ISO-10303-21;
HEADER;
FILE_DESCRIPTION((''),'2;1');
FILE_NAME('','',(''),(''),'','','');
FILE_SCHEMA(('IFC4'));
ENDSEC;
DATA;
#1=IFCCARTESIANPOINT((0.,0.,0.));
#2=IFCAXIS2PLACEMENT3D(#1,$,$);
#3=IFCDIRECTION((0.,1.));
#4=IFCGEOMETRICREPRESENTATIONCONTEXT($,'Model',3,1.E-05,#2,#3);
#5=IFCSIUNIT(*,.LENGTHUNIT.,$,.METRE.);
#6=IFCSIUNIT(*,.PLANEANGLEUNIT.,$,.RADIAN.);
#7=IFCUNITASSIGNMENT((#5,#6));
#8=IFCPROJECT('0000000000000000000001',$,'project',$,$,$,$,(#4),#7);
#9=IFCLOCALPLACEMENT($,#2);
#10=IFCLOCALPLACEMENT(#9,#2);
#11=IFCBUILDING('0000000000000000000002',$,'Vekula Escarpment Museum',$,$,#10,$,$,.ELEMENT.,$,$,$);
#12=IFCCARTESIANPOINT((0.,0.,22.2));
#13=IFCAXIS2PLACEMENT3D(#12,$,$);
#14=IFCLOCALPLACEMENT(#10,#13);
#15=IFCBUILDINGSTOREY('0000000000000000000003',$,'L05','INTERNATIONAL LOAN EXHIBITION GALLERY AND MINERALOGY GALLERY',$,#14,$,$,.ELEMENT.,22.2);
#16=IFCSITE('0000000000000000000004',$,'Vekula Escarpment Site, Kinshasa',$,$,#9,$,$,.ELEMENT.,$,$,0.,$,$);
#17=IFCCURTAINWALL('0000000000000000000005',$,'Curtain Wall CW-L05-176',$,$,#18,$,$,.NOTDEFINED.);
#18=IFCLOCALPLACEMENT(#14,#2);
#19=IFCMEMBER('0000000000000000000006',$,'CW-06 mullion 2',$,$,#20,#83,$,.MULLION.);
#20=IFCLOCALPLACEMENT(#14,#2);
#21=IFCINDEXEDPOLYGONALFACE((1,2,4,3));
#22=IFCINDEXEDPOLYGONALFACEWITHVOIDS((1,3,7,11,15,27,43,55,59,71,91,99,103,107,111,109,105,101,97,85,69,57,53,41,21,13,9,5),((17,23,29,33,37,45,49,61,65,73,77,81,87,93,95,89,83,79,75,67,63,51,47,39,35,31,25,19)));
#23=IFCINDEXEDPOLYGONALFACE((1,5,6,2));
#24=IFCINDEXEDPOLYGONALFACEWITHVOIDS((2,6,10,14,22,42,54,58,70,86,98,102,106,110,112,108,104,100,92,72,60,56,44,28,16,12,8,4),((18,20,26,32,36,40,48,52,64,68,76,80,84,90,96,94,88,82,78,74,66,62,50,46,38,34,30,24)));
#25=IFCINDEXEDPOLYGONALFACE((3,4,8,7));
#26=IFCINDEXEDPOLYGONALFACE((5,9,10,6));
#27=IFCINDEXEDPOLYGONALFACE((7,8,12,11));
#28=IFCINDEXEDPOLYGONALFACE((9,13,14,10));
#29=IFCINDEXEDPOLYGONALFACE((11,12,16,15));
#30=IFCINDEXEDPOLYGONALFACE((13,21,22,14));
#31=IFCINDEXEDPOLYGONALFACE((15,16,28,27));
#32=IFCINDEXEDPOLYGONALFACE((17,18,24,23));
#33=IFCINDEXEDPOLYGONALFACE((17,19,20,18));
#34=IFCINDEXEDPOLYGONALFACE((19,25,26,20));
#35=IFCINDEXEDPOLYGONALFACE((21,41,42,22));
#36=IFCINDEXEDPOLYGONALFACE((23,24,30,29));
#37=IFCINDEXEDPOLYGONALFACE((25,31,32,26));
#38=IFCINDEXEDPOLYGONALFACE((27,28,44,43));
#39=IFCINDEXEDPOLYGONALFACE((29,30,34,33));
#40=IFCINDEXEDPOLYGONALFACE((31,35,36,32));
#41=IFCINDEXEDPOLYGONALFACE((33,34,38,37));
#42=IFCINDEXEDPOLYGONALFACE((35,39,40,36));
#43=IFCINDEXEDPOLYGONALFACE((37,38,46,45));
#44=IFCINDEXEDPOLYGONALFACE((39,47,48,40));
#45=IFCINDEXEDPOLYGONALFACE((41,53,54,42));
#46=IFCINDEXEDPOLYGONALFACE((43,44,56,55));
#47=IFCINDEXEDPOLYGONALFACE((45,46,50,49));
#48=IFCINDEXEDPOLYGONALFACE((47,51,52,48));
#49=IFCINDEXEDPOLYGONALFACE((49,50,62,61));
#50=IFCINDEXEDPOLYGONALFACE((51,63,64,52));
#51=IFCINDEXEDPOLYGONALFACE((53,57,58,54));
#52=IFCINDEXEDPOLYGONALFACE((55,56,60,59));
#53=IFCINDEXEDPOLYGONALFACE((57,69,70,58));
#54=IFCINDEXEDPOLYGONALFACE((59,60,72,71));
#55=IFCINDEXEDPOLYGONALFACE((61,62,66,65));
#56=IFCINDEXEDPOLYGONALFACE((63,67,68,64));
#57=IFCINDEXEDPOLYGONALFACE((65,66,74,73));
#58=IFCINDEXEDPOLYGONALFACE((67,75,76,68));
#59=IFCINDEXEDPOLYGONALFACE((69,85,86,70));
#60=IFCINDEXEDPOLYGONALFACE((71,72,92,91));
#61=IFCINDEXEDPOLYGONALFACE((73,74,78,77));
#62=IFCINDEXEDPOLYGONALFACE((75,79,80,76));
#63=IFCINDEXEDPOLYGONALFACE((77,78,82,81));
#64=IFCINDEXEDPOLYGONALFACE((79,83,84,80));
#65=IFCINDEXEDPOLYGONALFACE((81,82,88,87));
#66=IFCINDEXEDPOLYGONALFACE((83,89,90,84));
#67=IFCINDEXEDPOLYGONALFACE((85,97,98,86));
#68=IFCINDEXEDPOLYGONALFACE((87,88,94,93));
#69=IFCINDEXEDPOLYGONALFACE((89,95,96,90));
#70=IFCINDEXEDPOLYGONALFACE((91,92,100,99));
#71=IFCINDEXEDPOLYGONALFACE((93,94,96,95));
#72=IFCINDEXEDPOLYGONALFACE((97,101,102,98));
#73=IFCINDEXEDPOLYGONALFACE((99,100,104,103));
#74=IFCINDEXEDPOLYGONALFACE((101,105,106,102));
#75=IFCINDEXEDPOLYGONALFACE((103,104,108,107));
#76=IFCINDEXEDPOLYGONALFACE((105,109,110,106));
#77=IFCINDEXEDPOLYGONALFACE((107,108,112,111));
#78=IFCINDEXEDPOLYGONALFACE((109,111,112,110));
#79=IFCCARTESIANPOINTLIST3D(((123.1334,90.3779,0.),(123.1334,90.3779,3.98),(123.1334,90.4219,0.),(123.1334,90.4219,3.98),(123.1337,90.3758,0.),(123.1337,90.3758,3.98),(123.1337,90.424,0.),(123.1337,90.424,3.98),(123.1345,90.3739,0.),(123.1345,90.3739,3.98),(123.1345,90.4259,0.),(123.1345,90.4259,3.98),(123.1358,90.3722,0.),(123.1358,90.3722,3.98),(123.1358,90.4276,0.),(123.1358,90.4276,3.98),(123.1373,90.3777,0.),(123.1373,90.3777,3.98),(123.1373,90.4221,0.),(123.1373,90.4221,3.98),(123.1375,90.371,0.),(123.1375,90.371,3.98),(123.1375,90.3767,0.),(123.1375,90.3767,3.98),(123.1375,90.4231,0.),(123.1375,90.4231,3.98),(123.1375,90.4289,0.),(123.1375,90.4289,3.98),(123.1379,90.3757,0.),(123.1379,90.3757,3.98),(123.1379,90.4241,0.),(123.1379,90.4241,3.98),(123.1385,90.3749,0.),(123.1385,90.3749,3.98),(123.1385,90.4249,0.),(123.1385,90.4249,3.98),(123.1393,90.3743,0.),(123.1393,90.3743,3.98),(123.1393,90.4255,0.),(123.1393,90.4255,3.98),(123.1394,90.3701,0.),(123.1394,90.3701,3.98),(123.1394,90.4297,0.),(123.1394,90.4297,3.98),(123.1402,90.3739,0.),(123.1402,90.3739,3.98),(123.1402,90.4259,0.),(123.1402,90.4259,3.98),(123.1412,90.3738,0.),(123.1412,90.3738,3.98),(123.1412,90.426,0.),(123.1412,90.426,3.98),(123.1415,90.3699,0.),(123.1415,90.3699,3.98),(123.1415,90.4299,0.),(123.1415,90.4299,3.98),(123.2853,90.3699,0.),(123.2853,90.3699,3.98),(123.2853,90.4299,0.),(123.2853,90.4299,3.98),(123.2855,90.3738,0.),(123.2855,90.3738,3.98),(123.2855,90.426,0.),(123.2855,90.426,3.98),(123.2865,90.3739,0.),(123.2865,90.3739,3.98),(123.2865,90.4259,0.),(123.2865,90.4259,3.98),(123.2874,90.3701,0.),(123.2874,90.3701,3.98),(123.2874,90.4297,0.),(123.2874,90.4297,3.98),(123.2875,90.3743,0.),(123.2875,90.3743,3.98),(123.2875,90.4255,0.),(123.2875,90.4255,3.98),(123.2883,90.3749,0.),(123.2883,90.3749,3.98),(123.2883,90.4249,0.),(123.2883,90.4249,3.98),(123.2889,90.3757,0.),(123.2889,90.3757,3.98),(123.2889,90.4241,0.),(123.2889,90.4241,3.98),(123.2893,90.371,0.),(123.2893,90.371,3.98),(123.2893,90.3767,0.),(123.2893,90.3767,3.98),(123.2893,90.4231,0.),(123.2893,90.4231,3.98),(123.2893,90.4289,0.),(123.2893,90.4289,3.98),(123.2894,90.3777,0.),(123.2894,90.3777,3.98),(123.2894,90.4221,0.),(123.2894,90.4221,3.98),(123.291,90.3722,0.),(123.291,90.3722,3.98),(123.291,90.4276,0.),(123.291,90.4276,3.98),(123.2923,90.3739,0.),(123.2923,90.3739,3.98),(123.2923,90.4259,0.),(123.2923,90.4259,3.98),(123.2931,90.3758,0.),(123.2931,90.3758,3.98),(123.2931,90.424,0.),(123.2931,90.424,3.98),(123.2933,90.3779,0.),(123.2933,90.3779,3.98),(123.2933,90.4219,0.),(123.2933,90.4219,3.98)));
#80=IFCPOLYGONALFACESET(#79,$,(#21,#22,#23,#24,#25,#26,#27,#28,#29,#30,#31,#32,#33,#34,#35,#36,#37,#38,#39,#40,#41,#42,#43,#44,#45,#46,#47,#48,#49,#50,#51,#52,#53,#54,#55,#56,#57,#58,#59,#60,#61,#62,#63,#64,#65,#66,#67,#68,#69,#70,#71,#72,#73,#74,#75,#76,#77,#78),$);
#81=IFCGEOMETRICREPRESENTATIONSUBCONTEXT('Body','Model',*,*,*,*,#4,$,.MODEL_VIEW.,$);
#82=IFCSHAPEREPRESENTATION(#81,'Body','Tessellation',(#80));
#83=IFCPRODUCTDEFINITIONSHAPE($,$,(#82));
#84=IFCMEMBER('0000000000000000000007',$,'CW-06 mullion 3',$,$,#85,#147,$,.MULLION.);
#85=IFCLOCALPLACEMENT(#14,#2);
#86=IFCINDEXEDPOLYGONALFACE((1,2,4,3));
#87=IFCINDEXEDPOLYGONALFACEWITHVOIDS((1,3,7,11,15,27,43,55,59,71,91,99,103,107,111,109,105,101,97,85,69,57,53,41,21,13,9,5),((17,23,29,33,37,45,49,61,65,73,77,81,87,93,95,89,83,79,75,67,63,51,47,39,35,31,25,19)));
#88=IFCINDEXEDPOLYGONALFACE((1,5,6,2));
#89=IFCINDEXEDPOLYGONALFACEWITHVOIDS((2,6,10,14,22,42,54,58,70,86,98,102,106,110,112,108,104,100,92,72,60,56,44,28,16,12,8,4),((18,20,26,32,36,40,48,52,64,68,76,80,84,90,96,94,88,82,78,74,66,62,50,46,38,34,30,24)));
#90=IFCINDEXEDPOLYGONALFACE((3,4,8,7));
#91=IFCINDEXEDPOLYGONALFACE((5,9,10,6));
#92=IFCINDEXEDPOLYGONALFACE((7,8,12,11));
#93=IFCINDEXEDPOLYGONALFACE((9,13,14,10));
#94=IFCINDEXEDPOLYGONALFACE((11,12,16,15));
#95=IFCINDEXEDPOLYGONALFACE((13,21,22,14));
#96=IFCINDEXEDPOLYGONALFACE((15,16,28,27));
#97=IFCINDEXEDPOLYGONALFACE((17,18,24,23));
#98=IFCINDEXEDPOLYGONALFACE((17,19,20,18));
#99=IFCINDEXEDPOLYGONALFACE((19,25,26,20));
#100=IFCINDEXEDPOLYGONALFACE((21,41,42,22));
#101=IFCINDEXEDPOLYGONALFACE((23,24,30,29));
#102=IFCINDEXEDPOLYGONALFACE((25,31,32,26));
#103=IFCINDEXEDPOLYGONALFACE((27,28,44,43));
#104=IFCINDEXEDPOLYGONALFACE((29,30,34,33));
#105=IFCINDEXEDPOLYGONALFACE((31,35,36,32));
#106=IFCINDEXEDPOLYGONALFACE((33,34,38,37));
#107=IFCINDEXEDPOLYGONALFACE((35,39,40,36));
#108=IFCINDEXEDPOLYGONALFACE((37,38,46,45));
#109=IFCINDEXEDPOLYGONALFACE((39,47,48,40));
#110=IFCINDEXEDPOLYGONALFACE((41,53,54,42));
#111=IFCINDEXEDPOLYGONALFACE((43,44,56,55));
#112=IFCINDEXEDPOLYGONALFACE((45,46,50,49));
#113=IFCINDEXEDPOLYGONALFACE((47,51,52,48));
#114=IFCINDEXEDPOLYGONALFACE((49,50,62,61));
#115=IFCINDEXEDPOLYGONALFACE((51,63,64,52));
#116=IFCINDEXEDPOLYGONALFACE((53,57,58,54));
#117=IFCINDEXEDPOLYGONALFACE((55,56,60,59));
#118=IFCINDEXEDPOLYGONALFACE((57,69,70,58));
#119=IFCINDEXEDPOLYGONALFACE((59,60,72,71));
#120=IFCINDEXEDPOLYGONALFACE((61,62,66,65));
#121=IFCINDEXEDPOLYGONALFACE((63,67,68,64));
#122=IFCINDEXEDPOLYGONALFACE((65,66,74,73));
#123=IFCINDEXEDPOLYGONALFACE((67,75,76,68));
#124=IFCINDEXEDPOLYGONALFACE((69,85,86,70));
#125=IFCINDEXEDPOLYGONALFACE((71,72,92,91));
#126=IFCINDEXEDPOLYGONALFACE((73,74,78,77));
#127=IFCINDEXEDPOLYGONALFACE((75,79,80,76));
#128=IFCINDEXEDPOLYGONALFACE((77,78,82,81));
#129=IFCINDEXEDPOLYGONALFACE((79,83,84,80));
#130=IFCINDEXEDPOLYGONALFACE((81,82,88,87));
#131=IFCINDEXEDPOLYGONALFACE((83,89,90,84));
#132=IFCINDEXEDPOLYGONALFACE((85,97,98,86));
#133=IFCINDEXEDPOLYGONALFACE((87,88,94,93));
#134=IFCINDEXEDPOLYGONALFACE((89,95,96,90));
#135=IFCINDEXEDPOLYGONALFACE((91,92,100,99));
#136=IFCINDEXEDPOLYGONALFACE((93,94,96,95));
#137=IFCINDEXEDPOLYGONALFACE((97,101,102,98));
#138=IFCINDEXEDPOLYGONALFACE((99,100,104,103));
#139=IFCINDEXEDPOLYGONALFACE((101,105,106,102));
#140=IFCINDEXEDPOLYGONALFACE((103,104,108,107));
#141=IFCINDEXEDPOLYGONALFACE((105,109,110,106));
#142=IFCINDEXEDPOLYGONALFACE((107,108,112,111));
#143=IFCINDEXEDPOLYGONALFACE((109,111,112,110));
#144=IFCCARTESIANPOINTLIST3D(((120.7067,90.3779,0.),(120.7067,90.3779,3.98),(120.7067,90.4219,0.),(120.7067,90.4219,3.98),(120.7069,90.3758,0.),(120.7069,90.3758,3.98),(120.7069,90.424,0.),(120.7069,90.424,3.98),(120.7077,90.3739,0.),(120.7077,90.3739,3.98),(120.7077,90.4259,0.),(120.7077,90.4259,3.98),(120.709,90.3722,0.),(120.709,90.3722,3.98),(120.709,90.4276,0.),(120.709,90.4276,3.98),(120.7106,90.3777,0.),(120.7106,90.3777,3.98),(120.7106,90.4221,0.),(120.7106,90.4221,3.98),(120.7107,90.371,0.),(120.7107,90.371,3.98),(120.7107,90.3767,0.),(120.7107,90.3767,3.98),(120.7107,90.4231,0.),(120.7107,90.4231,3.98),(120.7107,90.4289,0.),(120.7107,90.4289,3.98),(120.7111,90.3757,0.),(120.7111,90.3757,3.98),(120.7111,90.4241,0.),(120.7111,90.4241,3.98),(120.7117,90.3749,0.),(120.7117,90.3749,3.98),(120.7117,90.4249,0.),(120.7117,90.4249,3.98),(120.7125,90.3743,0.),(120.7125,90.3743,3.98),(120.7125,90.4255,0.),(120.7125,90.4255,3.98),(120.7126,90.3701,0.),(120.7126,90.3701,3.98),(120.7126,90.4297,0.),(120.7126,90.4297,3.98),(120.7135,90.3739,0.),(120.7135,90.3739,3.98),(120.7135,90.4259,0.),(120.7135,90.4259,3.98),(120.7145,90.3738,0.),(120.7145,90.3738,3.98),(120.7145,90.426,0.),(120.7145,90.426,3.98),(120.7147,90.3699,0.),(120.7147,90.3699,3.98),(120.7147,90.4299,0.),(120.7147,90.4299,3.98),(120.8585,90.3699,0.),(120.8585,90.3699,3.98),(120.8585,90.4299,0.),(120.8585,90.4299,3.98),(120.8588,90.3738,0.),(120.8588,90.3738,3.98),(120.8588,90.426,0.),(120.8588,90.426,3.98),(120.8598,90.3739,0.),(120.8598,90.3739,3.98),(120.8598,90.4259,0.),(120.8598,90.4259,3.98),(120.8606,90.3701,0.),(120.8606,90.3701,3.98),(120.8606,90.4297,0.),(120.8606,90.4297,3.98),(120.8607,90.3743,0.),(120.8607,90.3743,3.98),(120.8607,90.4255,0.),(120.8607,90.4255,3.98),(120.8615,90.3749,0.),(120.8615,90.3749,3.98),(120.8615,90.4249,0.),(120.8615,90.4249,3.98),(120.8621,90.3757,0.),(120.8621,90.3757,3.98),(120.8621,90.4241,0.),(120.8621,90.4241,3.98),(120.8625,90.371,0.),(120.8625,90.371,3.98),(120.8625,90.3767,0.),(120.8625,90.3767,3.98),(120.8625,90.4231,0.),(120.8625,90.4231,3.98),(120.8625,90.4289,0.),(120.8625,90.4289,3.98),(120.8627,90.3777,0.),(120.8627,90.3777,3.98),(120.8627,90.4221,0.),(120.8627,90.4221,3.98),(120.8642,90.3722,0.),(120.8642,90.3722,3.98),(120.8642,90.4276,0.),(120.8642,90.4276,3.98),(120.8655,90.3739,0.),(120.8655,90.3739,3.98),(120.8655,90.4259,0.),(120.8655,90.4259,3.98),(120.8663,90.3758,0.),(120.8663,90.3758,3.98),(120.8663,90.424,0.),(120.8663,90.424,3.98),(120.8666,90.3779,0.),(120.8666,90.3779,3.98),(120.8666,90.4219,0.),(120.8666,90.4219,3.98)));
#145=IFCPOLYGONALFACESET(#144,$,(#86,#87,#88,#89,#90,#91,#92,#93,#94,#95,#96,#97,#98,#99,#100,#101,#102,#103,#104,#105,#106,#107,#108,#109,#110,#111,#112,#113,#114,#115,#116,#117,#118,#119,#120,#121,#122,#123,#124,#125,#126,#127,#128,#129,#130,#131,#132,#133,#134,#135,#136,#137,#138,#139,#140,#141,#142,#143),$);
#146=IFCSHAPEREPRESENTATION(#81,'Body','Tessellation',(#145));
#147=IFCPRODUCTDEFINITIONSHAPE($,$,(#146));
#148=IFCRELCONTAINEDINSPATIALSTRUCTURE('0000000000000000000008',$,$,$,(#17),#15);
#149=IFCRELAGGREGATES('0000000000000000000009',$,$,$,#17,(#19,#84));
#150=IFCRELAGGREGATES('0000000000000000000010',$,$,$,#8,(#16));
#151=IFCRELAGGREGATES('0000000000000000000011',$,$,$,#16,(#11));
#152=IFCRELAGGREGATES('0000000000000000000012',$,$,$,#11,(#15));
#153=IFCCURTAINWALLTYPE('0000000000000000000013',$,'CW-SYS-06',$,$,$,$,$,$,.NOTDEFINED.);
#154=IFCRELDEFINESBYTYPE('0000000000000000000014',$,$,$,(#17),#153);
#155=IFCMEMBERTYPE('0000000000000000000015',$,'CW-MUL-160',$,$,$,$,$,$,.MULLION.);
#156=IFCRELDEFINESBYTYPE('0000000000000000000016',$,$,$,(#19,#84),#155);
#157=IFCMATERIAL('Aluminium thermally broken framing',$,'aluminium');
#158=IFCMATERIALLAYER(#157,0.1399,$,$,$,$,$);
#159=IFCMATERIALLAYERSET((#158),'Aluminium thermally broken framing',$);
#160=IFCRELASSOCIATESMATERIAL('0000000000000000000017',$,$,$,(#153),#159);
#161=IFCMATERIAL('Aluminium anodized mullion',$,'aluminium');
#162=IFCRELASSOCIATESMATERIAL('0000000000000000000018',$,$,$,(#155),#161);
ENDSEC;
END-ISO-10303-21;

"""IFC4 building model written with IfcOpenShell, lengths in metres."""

from ifc_helpers import new_model, si_unit, direction, frame, origin, origin_2d, place, context, subcontext, project, spatial, hollow_rectangle, extrude, material, layer, layer_set, material_profile, profile_set, type_object, element, aggregate, save


model = new_model("IFC4")

# Units and contexts
model_context = context("Model", 3, precision=1e-05, world=origin(), true_north=direction((0.0, 1.0)))
body_context = subcontext(model_context, "Body", "Model", "MODEL_VIEW")
ifc_project = project(units=[si_unit("LENGTHUNIT", "METRE"), si_unit("PLANEANGLEUNIT", "RADIAN")], contexts=[model_context])

# Site, building, storey
site_placement = place(None, origin())
site = spatial("IfcSite", under=ifc_project, at=site_placement, Name="Vekula Escarpment Site, Kinshasa", CompositionType="ELEMENT", RefElevation=0.0)
building_placement = place(site_placement, origin())
building = spatial("IfcBuilding", under=site, at=building_placement, Name="Vekula Escarpment Museum", CompositionType="ELEMENT")
storey_placement = place(building_placement, frame((0.0, 0.0, 22.2)))
storey = spatial("IfcBuildingStorey", under=building, at=storey_placement, Name="L05", Description="INTERNATIONAL LOAN EXHIBITION GALLERY AND MINERALOGY GALLERY", CompositionType="ELEMENT", Elevation=22.2)

# Curtain wall, members
ifc_material_1 = material(Name="Aluminium thermally broken framing", Category="aluminium")
ifc_layer_1 = layer(ifc_material_1, 0.1399)
ifc_layer_set_1 = layer_set([ifc_layer_1], Name="Aluminium thermally broken framing")
curtain_wall_type = type_object("IfcCurtainWallType", Name="CW-SYS-06", PredefinedType="NOTDEFINED", material=ifc_layer_set_1)
curtain_wall_placement = place(storey_placement, origin())
curtain_wall = element("IfcCurtainWall", 1, at=curtain_wall_placement, inside=storey, type_object=curtain_wall_type, Name="Curtain Wall CW-L05-176", PredefinedType="NOTDEFINED")
ifc_material_2 = material(Name="Aluminium anodized mullion", Category="aluminium")
ifc_material_profile_1 = material_profile(ifc_material_2, hollow_rectangle(XDim=0.0601, YDim=0.1599, WallThickness=0.0039, InnerFilletRadius=0.0039, OuterFilletRadius=0.0081, at=origin_2d()), Name="ALU 160x60x4")
ifc_profile_set_1 = profile_set([ifc_material_profile_1], Name="Aluminium anodized mullion")
member_type_1 = type_object("IfcMemberType", Name="CW-MUL-160", PredefinedType="MULLION", material=ifc_profile_set_1)
member_1_placement = place(storey_placement, frame((123.2134, 90.3999, 0.0), z_axis=(0.0, 0.0, 1.0), x_axis=(0.0, -1.0, 0.0)))
member_1 = element("IfcMember", 2, at=member_1_placement, type_object=member_type_1, Name="CW-06 mullion 2", PredefinedType="MULLION", context=body_context, shape_type="SweptSolid", body=[
    extrude(hollow_rectangle(XDim=0.0601, YDim=0.1599, WallThickness=0.0039, InnerFilletRadius=0.0039, OuterFilletRadius=0.0081, at=origin_2d()), origin(), (0.0, 0.0, 1.0), 3.98),
])
member_2_placement = place(storey_placement, frame((120.7866, 90.3999, 0.0), z_axis=(0.0, 0.0, 1.0), x_axis=(0.0, -1.0, 0.0)))
member_2 = element("IfcMember", 3, at=member_2_placement, type_object=member_type_1, Name="CW-06 mullion 3", PredefinedType="MULLION", context=body_context, shape_type="SweptSolid", body=[
    extrude(hollow_rectangle(XDim=0.0601, YDim=0.1599, WallThickness=0.0039, InnerFilletRadius=0.0039, OuterFilletRadius=0.0081, at=origin_2d()), origin(), (0.0, 0.0, 1.0), 3.98),
])

aggregate(curtain_wall, [member_1, member_2])

save(model, "model.ifc")
